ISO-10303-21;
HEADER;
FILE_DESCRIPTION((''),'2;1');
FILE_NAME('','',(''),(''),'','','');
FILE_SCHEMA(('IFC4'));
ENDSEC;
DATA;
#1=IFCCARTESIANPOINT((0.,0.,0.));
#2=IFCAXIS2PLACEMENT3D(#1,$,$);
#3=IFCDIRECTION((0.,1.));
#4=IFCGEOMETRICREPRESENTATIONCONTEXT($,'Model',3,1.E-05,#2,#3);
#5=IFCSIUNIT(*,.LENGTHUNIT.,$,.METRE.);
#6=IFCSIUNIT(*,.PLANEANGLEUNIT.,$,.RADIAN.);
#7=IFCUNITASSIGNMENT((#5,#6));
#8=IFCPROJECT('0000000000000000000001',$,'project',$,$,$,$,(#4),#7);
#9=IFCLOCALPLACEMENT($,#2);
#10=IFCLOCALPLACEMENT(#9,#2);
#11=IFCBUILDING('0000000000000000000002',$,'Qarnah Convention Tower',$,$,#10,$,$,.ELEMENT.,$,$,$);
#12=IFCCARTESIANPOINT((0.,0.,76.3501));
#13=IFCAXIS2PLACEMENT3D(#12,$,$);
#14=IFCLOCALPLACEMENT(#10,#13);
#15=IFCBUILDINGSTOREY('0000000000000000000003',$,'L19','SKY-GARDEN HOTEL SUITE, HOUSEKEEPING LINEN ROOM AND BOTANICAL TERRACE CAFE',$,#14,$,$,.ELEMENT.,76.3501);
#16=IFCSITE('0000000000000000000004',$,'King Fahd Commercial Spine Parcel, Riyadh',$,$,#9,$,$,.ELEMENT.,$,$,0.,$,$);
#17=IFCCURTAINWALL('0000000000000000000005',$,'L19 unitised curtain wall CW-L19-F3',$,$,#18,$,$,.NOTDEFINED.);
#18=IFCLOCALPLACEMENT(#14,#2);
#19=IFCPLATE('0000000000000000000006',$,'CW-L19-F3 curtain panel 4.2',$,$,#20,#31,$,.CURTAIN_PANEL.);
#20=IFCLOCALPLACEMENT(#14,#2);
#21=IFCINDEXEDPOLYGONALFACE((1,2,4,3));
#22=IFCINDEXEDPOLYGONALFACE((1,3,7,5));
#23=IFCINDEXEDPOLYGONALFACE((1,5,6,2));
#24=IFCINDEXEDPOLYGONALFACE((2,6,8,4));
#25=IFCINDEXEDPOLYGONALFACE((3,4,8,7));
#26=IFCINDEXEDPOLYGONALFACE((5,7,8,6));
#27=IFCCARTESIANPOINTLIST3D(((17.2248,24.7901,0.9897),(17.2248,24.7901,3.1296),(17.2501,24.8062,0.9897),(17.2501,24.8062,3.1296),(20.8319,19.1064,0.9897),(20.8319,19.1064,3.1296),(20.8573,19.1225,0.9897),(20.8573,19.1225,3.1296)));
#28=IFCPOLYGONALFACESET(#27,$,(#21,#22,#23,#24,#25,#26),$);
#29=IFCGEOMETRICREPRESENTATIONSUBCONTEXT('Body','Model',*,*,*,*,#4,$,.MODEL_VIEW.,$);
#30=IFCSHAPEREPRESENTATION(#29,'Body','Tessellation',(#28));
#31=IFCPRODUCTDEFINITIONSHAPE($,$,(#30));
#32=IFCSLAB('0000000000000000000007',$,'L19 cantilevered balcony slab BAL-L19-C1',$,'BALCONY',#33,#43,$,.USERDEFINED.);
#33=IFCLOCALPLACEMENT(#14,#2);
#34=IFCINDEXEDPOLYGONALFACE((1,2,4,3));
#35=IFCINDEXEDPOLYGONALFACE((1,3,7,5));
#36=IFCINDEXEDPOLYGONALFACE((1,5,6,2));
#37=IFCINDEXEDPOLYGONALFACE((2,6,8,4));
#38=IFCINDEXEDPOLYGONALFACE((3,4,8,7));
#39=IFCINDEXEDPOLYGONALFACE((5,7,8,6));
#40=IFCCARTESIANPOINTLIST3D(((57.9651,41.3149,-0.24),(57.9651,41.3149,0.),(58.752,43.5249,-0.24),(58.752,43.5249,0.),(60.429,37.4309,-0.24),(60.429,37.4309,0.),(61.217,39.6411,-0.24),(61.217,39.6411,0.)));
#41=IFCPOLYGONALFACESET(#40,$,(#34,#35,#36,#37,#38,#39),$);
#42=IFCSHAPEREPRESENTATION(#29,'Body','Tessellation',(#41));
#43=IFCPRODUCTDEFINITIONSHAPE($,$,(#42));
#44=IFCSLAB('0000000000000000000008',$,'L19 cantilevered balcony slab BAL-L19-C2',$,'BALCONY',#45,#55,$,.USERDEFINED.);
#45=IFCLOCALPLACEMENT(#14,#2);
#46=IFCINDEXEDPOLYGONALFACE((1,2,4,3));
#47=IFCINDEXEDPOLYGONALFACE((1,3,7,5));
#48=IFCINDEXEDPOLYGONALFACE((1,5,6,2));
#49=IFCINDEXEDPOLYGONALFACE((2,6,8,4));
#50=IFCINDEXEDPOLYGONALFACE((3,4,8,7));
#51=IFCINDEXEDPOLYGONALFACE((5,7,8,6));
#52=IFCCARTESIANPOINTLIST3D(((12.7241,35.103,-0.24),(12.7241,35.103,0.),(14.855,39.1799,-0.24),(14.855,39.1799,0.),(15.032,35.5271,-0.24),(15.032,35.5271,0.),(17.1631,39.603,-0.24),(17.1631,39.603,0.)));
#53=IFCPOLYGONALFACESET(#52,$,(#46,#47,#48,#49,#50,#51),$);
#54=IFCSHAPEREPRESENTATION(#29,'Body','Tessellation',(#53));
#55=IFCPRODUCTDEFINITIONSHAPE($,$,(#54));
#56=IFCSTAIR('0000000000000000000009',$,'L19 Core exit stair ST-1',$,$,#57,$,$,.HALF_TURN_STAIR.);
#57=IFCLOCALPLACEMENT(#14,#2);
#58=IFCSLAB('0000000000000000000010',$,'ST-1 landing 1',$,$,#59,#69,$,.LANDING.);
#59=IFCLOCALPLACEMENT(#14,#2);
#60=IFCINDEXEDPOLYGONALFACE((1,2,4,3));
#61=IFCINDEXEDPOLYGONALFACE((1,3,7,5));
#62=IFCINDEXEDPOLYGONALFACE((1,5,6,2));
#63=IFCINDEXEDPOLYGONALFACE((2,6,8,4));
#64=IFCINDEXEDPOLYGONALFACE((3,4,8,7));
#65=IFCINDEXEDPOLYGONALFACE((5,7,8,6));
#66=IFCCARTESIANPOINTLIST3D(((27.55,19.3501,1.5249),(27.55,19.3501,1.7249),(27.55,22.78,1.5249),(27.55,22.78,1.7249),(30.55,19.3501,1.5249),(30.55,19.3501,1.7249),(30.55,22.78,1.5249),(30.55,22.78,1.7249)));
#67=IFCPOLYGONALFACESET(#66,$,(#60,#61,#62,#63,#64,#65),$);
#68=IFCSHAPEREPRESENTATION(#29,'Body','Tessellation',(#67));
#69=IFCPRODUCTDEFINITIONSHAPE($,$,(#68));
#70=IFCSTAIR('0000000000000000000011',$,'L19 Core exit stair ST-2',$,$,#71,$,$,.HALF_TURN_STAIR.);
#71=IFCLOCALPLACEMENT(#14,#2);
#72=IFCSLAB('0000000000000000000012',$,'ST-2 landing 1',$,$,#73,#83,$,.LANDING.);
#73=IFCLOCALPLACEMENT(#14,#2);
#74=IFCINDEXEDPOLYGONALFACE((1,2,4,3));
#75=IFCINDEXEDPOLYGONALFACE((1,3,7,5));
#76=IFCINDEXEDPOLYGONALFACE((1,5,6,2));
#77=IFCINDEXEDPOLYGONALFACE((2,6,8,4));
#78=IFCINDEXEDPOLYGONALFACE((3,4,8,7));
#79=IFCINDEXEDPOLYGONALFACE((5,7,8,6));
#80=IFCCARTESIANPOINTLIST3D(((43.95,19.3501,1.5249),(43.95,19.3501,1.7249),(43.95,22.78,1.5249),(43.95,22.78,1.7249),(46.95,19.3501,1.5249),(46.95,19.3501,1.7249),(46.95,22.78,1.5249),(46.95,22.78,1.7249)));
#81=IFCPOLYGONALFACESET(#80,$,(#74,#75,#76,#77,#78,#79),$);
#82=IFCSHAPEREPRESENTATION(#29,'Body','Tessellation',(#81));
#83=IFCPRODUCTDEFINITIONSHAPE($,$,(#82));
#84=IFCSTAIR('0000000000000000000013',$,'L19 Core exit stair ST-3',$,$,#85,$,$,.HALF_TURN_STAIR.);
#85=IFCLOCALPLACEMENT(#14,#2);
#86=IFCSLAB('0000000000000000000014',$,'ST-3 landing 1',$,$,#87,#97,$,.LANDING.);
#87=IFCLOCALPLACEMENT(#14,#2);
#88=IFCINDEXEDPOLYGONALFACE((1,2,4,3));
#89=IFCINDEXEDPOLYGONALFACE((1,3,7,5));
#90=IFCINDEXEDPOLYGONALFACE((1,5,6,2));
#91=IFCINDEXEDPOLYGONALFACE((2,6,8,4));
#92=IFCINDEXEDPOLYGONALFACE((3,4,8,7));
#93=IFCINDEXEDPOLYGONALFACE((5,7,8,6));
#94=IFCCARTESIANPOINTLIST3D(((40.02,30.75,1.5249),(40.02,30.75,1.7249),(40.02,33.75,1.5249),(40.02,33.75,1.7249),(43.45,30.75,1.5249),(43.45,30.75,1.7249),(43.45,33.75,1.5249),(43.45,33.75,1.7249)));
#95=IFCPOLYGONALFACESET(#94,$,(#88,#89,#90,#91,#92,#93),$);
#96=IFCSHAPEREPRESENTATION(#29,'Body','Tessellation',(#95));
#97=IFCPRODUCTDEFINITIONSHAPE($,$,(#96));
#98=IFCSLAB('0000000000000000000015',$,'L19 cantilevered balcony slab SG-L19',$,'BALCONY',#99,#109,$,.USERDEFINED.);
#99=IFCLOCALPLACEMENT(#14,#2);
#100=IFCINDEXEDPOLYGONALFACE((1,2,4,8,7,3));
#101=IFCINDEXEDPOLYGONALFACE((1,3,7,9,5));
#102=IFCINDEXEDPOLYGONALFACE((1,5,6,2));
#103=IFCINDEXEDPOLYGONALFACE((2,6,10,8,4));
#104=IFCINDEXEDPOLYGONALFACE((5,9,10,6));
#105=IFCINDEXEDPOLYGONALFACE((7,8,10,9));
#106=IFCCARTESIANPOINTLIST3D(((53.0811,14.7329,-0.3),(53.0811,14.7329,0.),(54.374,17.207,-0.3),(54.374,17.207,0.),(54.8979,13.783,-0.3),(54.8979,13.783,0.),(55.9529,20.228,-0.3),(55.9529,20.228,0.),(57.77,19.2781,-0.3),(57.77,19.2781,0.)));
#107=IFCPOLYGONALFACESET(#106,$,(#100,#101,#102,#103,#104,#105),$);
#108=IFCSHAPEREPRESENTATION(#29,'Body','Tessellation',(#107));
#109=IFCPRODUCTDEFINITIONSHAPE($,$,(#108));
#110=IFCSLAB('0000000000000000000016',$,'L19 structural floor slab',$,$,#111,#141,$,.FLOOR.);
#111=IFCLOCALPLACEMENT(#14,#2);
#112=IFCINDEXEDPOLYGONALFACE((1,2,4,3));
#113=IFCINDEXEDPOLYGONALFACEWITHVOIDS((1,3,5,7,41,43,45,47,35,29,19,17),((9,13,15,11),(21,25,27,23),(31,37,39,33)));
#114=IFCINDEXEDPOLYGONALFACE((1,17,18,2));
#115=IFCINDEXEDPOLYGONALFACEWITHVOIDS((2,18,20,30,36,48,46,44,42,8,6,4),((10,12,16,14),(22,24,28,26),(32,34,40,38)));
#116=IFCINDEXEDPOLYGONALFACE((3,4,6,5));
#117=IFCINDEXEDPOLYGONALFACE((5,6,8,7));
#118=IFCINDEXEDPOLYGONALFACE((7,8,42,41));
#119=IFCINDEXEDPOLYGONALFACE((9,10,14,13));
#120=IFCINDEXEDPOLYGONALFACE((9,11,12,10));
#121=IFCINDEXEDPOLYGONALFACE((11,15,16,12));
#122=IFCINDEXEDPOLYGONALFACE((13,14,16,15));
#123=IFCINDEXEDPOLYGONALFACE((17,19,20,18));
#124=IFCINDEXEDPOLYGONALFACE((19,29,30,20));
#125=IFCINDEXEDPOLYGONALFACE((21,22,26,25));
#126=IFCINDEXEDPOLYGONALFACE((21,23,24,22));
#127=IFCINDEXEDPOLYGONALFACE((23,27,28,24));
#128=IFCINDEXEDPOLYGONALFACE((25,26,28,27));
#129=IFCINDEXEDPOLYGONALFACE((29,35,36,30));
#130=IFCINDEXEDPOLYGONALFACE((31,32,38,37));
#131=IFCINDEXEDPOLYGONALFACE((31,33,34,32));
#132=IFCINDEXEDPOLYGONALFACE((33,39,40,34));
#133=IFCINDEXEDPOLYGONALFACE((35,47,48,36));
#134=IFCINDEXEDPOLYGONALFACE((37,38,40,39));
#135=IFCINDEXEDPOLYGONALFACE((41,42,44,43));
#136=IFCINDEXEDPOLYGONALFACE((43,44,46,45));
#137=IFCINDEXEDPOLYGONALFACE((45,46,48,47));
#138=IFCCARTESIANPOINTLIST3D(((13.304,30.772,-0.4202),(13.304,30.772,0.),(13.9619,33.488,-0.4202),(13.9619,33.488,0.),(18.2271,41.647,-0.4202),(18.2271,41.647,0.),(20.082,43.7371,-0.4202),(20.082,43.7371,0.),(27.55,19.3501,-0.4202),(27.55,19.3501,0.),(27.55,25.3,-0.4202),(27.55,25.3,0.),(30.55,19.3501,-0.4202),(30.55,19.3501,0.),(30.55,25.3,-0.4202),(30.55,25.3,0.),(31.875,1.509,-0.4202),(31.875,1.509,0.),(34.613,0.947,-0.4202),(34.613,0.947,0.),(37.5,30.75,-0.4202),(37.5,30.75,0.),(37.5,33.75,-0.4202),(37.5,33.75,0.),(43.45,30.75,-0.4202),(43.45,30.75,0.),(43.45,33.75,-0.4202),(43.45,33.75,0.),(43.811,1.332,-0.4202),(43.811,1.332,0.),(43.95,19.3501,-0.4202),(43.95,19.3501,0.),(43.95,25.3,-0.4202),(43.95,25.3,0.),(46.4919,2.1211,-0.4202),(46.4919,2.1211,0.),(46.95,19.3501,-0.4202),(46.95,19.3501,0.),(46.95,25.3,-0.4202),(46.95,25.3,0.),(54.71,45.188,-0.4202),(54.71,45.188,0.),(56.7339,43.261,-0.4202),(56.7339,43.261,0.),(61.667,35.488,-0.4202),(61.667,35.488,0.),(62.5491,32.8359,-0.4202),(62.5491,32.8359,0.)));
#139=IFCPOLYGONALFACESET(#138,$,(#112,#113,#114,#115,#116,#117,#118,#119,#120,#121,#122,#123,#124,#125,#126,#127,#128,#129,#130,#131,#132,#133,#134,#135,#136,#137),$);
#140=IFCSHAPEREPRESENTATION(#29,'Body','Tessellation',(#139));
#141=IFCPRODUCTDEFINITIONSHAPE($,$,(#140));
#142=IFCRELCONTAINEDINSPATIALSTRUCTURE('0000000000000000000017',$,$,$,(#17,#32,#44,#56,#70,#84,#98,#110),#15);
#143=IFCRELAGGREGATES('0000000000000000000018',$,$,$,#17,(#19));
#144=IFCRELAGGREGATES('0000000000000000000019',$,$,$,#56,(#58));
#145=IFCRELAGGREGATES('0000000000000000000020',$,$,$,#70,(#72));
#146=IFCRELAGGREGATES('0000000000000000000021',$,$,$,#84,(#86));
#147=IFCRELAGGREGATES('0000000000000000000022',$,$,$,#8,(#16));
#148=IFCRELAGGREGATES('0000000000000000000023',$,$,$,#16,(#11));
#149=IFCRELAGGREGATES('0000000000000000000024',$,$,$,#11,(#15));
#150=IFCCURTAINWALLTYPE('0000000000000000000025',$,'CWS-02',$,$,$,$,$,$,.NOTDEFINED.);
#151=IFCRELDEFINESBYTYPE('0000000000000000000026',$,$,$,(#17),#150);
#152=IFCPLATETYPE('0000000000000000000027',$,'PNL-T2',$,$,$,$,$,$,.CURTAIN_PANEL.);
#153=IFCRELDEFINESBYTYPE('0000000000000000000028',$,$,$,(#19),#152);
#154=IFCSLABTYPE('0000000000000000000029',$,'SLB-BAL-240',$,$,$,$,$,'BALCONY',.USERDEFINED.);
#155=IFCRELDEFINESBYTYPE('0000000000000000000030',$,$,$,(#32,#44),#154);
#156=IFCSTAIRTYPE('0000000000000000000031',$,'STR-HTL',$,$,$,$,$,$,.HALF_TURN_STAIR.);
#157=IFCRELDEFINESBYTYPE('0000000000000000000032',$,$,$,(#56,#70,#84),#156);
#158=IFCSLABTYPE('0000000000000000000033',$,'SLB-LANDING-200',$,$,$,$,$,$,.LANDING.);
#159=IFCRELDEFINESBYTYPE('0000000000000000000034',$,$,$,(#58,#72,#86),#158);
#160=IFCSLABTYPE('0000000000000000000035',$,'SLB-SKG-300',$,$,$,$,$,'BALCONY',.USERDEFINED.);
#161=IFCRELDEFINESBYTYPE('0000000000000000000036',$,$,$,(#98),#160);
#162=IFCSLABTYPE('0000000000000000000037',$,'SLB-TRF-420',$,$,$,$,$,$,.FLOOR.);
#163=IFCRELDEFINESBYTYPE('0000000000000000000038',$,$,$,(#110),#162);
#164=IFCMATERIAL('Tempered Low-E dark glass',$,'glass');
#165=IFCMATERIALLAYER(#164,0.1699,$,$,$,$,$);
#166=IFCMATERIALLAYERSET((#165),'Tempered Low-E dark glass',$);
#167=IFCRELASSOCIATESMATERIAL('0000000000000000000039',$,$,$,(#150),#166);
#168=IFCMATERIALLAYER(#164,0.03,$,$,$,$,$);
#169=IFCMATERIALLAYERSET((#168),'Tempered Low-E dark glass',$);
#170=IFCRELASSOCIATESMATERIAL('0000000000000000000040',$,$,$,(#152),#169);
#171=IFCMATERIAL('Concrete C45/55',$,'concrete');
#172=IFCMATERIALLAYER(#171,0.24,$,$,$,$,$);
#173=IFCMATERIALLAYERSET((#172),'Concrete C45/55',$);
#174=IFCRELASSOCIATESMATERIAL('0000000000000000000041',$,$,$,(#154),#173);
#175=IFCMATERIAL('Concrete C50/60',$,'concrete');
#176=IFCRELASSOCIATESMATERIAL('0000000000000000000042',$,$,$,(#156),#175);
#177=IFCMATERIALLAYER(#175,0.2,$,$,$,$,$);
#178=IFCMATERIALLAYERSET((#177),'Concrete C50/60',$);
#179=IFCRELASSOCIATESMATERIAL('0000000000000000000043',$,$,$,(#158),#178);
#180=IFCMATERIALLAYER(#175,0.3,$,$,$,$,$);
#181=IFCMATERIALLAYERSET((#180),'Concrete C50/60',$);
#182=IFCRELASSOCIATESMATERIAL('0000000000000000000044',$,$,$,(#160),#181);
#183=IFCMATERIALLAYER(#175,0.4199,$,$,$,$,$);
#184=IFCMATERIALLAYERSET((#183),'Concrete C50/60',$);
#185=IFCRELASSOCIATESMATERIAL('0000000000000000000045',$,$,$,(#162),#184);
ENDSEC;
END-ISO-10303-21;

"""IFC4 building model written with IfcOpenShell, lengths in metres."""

from ifc_helpers import new_model, si_unit, direction, frame, origin, origin_2d, place, context, subcontext, project, spatial, polyline, rectangle, outline, extrude, material, layer, layer_set, type_object, element, aggregate, save


model = new_model("IFC4")

# Units and contexts
model_context = context("Model", 3, precision=1e-05, world=origin(), true_north=direction((0.0, 1.0)))
body_context = subcontext(model_context, "Body", "Model", "MODEL_VIEW")
ifc_project = project(units=[si_unit("LENGTHUNIT", "METRE"), si_unit("PLANEANGLEUNIT", "RADIAN")], contexts=[model_context])

# Site, building, storey
site_placement = place(None, origin())
site = spatial("IfcSite", under=ifc_project, at=site_placement, Name="King Fahd Commercial Spine Parcel, Riyadh", CompositionType="ELEMENT", RefElevation=0.0)
building_placement = place(site_placement, origin())
building = spatial("IfcBuilding", under=site, at=building_placement, Name="Qarnah Convention Tower", CompositionType="ELEMENT")
storey_placement = place(building_placement, frame((0.0, 0.0, 76.3501)))
storey = spatial("IfcBuildingStorey", under=building, at=storey_placement, Name="L19", Description="SKY-GARDEN HOTEL SUITE, HOUSEKEEPING LINEN ROOM AND BOTANICAL TERRACE CAFE", CompositionType="ELEMENT", Elevation=76.3501)

# Curtain wall, plate
ifc_material_1 = material(Name="Tempered Low-E dark glass", Category="glass")
ifc_layer_1 = layer(ifc_material_1, 0.1699)
ifc_layer_set_1 = layer_set([ifc_layer_1], Name="Tempered Low-E dark glass")
curtain_wall_type = type_object("IfcCurtainWallType", Name="CWS-02", PredefinedType="NOTDEFINED", material=ifc_layer_set_1)
curtain_wall_placement = place(storey_placement, origin())
curtain_wall = element("IfcCurtainWall", 1, at=curtain_wall_placement, inside=storey, type_object=curtain_wall_type, Name="L19 unitised curtain wall CW-L19-F3", PredefinedType="NOTDEFINED")
ifc_layer_2 = layer(ifc_material_1, 0.03)
ifc_layer_set_2 = layer_set([ifc_layer_2], Name="Tempered Low-E dark glass")
plate_type = type_object("IfcPlateType", Name="PNL-T2", PredefinedType="CURTAIN_PANEL", material=ifc_layer_set_2)
plate_1_placement = place(storey_placement, frame((19.041, 21.9563, 0.9897), z_axis=(0.0, 0.0, 1.0), x_axis=(-0.535845, 0.844316, 0.0)))
plate_1 = element("IfcPlate", 2, at=plate_1_placement, type_object=plate_type, Name="CW-L19-F3 curtain panel 4.2", PredefinedType="CURTAIN_PANEL", context=body_context, shape_type="SweptSolid", body=[
    extrude(rectangle(XDim=6.7317, YDim=0.03, at=origin_2d()), origin(), (0.0, 0.0, 1.0), 2.1399),
])
aggregate(curtain_wall, [plate_1])

# Slabs
ifc_material_2 = material(Name="Concrete C45/55", Category="concrete")
ifc_layer_3 = layer(ifc_material_2, 0.24)
ifc_layer_set_3 = layer_set([ifc_layer_3], Name="Concrete C45/55")
slab_type_1 = type_object("IfcSlabType", Name="SLB-BAL-240", ElementType="BALCONY", PredefinedType="USERDEFINED", material=ifc_layer_set_3)
slab_1_placement = place(storey_placement, frame((0.0, 0.0, -0.24)))
element("IfcSlab", 3, at=slab_1_placement, inside=storey, type_object=slab_type_1, Name="L19 cantilevered balcony slab BAL-L19-C1", ObjectType="BALCONY", PredefinedType="USERDEFINED", context=body_context, shape_type="SweptSolid", body=[
    extrude(outline(polyline([(58.752, 43.5249), (61.217, 39.6411), (60.429, 37.4309), (57.9651, 41.3149), (58.752, 43.5249)])), origin(), (0.0, 0.0, 1.0), 0.24),
])
slab_2_placement = place(storey_placement, frame((0.0, 0.0, -0.24)))
element("IfcSlab", 4, at=slab_2_placement, inside=storey, type_object=slab_type_1, Name="L19 cantilevered balcony slab BAL-L19-C2", ObjectType="BALCONY", PredefinedType="USERDEFINED", context=body_context, shape_type="SweptSolid", body=[
    extrude(outline(polyline([(12.7241, 35.103), (14.855, 39.1799), (17.1631, 39.603), (15.032, 35.5271), (12.7241, 35.103)])), origin(), (0.0, 0.0, 1.0), 0.24),
])

# Stairs, slabs
ifc_material_3 = material(Name="Concrete C50/60", Category="concrete")
stair_type = type_object("IfcStairType", Name="STR-HTL", PredefinedType="HALF_TURN_STAIR", material=ifc_material_3)
stair_1_placement = place(storey_placement, origin())
stair_1 = element("IfcStair", 5, at=stair_1_placement, inside=storey, type_object=stair_type, Name="L19 Core exit stair ST-1", PredefinedType="HALF_TURN_STAIR")
ifc_layer_4 = layer(ifc_material_3, 0.2)
ifc_layer_set_4 = layer_set([ifc_layer_4], Name="Concrete C50/60")
slab_type_2 = type_object("IfcSlabType", Name="SLB-LANDING-200", PredefinedType="LANDING", material=ifc_layer_set_4)
slab_3_placement = place(storey_placement, frame((0.0, 0.0, 1.5249)))
slab_3 = element("IfcSlab", 6, at=slab_3_placement, type_object=slab_type_2, Name="ST-1 landing 1", PredefinedType="LANDING", context=body_context, shape_type="SweptSolid", body=[
    extrude(outline(polyline([(27.55, 22.78), (27.55, 19.3501), (30.55, 19.3501), (30.55, 22.78), (27.55, 22.78)])), origin(), (0.0, 0.0, 1.0), 0.2),
])
aggregate(stair_1, [slab_3])
stair_2_placement = place(storey_placement, origin())
stair_2 = element("IfcStair", 7, at=stair_2_placement, inside=storey, type_object=stair_type, Name="L19 Core exit stair ST-2", PredefinedType="HALF_TURN_STAIR")
slab_4_placement = place(storey_placement, frame((0.0, 0.0, 1.5249)))
slab_4 = element("IfcSlab", 8, at=slab_4_placement, type_object=slab_type_2, Name="ST-2 landing 1", PredefinedType="LANDING", context=body_context, shape_type="SweptSolid", body=[
    extrude(outline(polyline([(43.95, 22.78), (43.95, 19.3501), (46.95, 19.3501), (46.95, 22.78), (43.95, 22.78)])), origin(), (0.0, 0.0, 1.0), 0.2),
])
aggregate(stair_2, [slab_4])
stair_3_placement = place(storey_placement, origin())
stair_3 = element("IfcStair", 9, at=stair_3_placement, inside=storey, type_object=stair_type, Name="L19 Core exit stair ST-3", PredefinedType="HALF_TURN_STAIR")
slab_5_placement = place(storey_placement, frame((0.0, 0.0, 1.5249)))
slab_5 = element("IfcSlab", 10, at=slab_5_placement, type_object=slab_type_2, Name="ST-3 landing 1", PredefinedType="LANDING", context=body_context, shape_type="SweptSolid", body=[
    extrude(outline(polyline([(40.02, 30.75), (43.45, 30.75), (43.45, 33.75), (40.02, 33.75), (40.02, 30.75)])), origin(), (0.0, 0.0, 1.0), 0.2),
])
aggregate(stair_3, [slab_5])

# Slabs
ifc_layer_5 = layer(ifc_material_3, 0.3)
ifc_layer_set_5 = layer_set([ifc_layer_5], Name="Concrete C50/60")
slab_type_3 = type_object("IfcSlabType", Name="SLB-SKG-300", ElementType="BALCONY", PredefinedType="USERDEFINED", material=ifc_layer_set_5)
slab_6_placement = place(storey_placement, frame((0.0, 0.0, -0.3)))
element("IfcSlab", 11, at=slab_6_placement, inside=storey, type_object=slab_type_3, Name="L19 cantilevered balcony slab SG-L19", ObjectType="BALCONY", PredefinedType="USERDEFINED", context=body_context, shape_type="SweptSolid", body=[
    extrude(outline(polyline([(54.374, 17.207), (55.9529, 20.228), (57.77, 19.2781), (54.8979, 13.783), (53.0811, 14.7329), (54.374, 17.207)])), origin(), (0.0, 0.0, 1.0), 0.3),
])
ifc_layer_6 = layer(ifc_material_3, 0.4199)
ifc_layer_set_6 = layer_set([ifc_layer_6], Name="Concrete C50/60")
slab_type_4 = type_object("IfcSlabType", Name="SLB-TRF-420", PredefinedType="FLOOR", material=ifc_layer_set_6)
slab_7_placement = place(storey_placement, frame((0.0, 0.0, -0.4202)))
element("IfcSlab", 12, at=slab_7_placement, inside=storey, type_object=slab_type_4, Name="L19 structural floor slab", PredefinedType="FLOOR", context=body_context, shape_type="SweptSolid", body=[
    extrude(outline(polyline([(54.71, 45.188), (20.082, 43.7371), (18.2271, 41.647), (13.9619, 33.488), (13.304, 30.772), (31.875, 1.509), (34.613, 0.947), (43.811, 1.332), (46.4919, 2.1211), (62.5491, 32.8359), (61.667, 35.488), (56.7339, 43.261), (54.71, 45.188)]), holes=[polyline([(27.55, 25.3), (27.55, 19.3501), (30.55, 19.3501), (30.55, 25.3), (27.55, 25.3)]), polyline([(43.95, 25.3), (43.95, 19.3501), (46.95, 19.3501), (46.95, 25.3), (43.95, 25.3)]), polyline([(37.5, 30.75), (43.45, 30.75), (43.45, 33.75), (37.5, 33.75), (37.5, 30.75)])]), origin(), (0.0, 0.0, 1.0), 0.4202),
])

save(model, "model.ifc")
